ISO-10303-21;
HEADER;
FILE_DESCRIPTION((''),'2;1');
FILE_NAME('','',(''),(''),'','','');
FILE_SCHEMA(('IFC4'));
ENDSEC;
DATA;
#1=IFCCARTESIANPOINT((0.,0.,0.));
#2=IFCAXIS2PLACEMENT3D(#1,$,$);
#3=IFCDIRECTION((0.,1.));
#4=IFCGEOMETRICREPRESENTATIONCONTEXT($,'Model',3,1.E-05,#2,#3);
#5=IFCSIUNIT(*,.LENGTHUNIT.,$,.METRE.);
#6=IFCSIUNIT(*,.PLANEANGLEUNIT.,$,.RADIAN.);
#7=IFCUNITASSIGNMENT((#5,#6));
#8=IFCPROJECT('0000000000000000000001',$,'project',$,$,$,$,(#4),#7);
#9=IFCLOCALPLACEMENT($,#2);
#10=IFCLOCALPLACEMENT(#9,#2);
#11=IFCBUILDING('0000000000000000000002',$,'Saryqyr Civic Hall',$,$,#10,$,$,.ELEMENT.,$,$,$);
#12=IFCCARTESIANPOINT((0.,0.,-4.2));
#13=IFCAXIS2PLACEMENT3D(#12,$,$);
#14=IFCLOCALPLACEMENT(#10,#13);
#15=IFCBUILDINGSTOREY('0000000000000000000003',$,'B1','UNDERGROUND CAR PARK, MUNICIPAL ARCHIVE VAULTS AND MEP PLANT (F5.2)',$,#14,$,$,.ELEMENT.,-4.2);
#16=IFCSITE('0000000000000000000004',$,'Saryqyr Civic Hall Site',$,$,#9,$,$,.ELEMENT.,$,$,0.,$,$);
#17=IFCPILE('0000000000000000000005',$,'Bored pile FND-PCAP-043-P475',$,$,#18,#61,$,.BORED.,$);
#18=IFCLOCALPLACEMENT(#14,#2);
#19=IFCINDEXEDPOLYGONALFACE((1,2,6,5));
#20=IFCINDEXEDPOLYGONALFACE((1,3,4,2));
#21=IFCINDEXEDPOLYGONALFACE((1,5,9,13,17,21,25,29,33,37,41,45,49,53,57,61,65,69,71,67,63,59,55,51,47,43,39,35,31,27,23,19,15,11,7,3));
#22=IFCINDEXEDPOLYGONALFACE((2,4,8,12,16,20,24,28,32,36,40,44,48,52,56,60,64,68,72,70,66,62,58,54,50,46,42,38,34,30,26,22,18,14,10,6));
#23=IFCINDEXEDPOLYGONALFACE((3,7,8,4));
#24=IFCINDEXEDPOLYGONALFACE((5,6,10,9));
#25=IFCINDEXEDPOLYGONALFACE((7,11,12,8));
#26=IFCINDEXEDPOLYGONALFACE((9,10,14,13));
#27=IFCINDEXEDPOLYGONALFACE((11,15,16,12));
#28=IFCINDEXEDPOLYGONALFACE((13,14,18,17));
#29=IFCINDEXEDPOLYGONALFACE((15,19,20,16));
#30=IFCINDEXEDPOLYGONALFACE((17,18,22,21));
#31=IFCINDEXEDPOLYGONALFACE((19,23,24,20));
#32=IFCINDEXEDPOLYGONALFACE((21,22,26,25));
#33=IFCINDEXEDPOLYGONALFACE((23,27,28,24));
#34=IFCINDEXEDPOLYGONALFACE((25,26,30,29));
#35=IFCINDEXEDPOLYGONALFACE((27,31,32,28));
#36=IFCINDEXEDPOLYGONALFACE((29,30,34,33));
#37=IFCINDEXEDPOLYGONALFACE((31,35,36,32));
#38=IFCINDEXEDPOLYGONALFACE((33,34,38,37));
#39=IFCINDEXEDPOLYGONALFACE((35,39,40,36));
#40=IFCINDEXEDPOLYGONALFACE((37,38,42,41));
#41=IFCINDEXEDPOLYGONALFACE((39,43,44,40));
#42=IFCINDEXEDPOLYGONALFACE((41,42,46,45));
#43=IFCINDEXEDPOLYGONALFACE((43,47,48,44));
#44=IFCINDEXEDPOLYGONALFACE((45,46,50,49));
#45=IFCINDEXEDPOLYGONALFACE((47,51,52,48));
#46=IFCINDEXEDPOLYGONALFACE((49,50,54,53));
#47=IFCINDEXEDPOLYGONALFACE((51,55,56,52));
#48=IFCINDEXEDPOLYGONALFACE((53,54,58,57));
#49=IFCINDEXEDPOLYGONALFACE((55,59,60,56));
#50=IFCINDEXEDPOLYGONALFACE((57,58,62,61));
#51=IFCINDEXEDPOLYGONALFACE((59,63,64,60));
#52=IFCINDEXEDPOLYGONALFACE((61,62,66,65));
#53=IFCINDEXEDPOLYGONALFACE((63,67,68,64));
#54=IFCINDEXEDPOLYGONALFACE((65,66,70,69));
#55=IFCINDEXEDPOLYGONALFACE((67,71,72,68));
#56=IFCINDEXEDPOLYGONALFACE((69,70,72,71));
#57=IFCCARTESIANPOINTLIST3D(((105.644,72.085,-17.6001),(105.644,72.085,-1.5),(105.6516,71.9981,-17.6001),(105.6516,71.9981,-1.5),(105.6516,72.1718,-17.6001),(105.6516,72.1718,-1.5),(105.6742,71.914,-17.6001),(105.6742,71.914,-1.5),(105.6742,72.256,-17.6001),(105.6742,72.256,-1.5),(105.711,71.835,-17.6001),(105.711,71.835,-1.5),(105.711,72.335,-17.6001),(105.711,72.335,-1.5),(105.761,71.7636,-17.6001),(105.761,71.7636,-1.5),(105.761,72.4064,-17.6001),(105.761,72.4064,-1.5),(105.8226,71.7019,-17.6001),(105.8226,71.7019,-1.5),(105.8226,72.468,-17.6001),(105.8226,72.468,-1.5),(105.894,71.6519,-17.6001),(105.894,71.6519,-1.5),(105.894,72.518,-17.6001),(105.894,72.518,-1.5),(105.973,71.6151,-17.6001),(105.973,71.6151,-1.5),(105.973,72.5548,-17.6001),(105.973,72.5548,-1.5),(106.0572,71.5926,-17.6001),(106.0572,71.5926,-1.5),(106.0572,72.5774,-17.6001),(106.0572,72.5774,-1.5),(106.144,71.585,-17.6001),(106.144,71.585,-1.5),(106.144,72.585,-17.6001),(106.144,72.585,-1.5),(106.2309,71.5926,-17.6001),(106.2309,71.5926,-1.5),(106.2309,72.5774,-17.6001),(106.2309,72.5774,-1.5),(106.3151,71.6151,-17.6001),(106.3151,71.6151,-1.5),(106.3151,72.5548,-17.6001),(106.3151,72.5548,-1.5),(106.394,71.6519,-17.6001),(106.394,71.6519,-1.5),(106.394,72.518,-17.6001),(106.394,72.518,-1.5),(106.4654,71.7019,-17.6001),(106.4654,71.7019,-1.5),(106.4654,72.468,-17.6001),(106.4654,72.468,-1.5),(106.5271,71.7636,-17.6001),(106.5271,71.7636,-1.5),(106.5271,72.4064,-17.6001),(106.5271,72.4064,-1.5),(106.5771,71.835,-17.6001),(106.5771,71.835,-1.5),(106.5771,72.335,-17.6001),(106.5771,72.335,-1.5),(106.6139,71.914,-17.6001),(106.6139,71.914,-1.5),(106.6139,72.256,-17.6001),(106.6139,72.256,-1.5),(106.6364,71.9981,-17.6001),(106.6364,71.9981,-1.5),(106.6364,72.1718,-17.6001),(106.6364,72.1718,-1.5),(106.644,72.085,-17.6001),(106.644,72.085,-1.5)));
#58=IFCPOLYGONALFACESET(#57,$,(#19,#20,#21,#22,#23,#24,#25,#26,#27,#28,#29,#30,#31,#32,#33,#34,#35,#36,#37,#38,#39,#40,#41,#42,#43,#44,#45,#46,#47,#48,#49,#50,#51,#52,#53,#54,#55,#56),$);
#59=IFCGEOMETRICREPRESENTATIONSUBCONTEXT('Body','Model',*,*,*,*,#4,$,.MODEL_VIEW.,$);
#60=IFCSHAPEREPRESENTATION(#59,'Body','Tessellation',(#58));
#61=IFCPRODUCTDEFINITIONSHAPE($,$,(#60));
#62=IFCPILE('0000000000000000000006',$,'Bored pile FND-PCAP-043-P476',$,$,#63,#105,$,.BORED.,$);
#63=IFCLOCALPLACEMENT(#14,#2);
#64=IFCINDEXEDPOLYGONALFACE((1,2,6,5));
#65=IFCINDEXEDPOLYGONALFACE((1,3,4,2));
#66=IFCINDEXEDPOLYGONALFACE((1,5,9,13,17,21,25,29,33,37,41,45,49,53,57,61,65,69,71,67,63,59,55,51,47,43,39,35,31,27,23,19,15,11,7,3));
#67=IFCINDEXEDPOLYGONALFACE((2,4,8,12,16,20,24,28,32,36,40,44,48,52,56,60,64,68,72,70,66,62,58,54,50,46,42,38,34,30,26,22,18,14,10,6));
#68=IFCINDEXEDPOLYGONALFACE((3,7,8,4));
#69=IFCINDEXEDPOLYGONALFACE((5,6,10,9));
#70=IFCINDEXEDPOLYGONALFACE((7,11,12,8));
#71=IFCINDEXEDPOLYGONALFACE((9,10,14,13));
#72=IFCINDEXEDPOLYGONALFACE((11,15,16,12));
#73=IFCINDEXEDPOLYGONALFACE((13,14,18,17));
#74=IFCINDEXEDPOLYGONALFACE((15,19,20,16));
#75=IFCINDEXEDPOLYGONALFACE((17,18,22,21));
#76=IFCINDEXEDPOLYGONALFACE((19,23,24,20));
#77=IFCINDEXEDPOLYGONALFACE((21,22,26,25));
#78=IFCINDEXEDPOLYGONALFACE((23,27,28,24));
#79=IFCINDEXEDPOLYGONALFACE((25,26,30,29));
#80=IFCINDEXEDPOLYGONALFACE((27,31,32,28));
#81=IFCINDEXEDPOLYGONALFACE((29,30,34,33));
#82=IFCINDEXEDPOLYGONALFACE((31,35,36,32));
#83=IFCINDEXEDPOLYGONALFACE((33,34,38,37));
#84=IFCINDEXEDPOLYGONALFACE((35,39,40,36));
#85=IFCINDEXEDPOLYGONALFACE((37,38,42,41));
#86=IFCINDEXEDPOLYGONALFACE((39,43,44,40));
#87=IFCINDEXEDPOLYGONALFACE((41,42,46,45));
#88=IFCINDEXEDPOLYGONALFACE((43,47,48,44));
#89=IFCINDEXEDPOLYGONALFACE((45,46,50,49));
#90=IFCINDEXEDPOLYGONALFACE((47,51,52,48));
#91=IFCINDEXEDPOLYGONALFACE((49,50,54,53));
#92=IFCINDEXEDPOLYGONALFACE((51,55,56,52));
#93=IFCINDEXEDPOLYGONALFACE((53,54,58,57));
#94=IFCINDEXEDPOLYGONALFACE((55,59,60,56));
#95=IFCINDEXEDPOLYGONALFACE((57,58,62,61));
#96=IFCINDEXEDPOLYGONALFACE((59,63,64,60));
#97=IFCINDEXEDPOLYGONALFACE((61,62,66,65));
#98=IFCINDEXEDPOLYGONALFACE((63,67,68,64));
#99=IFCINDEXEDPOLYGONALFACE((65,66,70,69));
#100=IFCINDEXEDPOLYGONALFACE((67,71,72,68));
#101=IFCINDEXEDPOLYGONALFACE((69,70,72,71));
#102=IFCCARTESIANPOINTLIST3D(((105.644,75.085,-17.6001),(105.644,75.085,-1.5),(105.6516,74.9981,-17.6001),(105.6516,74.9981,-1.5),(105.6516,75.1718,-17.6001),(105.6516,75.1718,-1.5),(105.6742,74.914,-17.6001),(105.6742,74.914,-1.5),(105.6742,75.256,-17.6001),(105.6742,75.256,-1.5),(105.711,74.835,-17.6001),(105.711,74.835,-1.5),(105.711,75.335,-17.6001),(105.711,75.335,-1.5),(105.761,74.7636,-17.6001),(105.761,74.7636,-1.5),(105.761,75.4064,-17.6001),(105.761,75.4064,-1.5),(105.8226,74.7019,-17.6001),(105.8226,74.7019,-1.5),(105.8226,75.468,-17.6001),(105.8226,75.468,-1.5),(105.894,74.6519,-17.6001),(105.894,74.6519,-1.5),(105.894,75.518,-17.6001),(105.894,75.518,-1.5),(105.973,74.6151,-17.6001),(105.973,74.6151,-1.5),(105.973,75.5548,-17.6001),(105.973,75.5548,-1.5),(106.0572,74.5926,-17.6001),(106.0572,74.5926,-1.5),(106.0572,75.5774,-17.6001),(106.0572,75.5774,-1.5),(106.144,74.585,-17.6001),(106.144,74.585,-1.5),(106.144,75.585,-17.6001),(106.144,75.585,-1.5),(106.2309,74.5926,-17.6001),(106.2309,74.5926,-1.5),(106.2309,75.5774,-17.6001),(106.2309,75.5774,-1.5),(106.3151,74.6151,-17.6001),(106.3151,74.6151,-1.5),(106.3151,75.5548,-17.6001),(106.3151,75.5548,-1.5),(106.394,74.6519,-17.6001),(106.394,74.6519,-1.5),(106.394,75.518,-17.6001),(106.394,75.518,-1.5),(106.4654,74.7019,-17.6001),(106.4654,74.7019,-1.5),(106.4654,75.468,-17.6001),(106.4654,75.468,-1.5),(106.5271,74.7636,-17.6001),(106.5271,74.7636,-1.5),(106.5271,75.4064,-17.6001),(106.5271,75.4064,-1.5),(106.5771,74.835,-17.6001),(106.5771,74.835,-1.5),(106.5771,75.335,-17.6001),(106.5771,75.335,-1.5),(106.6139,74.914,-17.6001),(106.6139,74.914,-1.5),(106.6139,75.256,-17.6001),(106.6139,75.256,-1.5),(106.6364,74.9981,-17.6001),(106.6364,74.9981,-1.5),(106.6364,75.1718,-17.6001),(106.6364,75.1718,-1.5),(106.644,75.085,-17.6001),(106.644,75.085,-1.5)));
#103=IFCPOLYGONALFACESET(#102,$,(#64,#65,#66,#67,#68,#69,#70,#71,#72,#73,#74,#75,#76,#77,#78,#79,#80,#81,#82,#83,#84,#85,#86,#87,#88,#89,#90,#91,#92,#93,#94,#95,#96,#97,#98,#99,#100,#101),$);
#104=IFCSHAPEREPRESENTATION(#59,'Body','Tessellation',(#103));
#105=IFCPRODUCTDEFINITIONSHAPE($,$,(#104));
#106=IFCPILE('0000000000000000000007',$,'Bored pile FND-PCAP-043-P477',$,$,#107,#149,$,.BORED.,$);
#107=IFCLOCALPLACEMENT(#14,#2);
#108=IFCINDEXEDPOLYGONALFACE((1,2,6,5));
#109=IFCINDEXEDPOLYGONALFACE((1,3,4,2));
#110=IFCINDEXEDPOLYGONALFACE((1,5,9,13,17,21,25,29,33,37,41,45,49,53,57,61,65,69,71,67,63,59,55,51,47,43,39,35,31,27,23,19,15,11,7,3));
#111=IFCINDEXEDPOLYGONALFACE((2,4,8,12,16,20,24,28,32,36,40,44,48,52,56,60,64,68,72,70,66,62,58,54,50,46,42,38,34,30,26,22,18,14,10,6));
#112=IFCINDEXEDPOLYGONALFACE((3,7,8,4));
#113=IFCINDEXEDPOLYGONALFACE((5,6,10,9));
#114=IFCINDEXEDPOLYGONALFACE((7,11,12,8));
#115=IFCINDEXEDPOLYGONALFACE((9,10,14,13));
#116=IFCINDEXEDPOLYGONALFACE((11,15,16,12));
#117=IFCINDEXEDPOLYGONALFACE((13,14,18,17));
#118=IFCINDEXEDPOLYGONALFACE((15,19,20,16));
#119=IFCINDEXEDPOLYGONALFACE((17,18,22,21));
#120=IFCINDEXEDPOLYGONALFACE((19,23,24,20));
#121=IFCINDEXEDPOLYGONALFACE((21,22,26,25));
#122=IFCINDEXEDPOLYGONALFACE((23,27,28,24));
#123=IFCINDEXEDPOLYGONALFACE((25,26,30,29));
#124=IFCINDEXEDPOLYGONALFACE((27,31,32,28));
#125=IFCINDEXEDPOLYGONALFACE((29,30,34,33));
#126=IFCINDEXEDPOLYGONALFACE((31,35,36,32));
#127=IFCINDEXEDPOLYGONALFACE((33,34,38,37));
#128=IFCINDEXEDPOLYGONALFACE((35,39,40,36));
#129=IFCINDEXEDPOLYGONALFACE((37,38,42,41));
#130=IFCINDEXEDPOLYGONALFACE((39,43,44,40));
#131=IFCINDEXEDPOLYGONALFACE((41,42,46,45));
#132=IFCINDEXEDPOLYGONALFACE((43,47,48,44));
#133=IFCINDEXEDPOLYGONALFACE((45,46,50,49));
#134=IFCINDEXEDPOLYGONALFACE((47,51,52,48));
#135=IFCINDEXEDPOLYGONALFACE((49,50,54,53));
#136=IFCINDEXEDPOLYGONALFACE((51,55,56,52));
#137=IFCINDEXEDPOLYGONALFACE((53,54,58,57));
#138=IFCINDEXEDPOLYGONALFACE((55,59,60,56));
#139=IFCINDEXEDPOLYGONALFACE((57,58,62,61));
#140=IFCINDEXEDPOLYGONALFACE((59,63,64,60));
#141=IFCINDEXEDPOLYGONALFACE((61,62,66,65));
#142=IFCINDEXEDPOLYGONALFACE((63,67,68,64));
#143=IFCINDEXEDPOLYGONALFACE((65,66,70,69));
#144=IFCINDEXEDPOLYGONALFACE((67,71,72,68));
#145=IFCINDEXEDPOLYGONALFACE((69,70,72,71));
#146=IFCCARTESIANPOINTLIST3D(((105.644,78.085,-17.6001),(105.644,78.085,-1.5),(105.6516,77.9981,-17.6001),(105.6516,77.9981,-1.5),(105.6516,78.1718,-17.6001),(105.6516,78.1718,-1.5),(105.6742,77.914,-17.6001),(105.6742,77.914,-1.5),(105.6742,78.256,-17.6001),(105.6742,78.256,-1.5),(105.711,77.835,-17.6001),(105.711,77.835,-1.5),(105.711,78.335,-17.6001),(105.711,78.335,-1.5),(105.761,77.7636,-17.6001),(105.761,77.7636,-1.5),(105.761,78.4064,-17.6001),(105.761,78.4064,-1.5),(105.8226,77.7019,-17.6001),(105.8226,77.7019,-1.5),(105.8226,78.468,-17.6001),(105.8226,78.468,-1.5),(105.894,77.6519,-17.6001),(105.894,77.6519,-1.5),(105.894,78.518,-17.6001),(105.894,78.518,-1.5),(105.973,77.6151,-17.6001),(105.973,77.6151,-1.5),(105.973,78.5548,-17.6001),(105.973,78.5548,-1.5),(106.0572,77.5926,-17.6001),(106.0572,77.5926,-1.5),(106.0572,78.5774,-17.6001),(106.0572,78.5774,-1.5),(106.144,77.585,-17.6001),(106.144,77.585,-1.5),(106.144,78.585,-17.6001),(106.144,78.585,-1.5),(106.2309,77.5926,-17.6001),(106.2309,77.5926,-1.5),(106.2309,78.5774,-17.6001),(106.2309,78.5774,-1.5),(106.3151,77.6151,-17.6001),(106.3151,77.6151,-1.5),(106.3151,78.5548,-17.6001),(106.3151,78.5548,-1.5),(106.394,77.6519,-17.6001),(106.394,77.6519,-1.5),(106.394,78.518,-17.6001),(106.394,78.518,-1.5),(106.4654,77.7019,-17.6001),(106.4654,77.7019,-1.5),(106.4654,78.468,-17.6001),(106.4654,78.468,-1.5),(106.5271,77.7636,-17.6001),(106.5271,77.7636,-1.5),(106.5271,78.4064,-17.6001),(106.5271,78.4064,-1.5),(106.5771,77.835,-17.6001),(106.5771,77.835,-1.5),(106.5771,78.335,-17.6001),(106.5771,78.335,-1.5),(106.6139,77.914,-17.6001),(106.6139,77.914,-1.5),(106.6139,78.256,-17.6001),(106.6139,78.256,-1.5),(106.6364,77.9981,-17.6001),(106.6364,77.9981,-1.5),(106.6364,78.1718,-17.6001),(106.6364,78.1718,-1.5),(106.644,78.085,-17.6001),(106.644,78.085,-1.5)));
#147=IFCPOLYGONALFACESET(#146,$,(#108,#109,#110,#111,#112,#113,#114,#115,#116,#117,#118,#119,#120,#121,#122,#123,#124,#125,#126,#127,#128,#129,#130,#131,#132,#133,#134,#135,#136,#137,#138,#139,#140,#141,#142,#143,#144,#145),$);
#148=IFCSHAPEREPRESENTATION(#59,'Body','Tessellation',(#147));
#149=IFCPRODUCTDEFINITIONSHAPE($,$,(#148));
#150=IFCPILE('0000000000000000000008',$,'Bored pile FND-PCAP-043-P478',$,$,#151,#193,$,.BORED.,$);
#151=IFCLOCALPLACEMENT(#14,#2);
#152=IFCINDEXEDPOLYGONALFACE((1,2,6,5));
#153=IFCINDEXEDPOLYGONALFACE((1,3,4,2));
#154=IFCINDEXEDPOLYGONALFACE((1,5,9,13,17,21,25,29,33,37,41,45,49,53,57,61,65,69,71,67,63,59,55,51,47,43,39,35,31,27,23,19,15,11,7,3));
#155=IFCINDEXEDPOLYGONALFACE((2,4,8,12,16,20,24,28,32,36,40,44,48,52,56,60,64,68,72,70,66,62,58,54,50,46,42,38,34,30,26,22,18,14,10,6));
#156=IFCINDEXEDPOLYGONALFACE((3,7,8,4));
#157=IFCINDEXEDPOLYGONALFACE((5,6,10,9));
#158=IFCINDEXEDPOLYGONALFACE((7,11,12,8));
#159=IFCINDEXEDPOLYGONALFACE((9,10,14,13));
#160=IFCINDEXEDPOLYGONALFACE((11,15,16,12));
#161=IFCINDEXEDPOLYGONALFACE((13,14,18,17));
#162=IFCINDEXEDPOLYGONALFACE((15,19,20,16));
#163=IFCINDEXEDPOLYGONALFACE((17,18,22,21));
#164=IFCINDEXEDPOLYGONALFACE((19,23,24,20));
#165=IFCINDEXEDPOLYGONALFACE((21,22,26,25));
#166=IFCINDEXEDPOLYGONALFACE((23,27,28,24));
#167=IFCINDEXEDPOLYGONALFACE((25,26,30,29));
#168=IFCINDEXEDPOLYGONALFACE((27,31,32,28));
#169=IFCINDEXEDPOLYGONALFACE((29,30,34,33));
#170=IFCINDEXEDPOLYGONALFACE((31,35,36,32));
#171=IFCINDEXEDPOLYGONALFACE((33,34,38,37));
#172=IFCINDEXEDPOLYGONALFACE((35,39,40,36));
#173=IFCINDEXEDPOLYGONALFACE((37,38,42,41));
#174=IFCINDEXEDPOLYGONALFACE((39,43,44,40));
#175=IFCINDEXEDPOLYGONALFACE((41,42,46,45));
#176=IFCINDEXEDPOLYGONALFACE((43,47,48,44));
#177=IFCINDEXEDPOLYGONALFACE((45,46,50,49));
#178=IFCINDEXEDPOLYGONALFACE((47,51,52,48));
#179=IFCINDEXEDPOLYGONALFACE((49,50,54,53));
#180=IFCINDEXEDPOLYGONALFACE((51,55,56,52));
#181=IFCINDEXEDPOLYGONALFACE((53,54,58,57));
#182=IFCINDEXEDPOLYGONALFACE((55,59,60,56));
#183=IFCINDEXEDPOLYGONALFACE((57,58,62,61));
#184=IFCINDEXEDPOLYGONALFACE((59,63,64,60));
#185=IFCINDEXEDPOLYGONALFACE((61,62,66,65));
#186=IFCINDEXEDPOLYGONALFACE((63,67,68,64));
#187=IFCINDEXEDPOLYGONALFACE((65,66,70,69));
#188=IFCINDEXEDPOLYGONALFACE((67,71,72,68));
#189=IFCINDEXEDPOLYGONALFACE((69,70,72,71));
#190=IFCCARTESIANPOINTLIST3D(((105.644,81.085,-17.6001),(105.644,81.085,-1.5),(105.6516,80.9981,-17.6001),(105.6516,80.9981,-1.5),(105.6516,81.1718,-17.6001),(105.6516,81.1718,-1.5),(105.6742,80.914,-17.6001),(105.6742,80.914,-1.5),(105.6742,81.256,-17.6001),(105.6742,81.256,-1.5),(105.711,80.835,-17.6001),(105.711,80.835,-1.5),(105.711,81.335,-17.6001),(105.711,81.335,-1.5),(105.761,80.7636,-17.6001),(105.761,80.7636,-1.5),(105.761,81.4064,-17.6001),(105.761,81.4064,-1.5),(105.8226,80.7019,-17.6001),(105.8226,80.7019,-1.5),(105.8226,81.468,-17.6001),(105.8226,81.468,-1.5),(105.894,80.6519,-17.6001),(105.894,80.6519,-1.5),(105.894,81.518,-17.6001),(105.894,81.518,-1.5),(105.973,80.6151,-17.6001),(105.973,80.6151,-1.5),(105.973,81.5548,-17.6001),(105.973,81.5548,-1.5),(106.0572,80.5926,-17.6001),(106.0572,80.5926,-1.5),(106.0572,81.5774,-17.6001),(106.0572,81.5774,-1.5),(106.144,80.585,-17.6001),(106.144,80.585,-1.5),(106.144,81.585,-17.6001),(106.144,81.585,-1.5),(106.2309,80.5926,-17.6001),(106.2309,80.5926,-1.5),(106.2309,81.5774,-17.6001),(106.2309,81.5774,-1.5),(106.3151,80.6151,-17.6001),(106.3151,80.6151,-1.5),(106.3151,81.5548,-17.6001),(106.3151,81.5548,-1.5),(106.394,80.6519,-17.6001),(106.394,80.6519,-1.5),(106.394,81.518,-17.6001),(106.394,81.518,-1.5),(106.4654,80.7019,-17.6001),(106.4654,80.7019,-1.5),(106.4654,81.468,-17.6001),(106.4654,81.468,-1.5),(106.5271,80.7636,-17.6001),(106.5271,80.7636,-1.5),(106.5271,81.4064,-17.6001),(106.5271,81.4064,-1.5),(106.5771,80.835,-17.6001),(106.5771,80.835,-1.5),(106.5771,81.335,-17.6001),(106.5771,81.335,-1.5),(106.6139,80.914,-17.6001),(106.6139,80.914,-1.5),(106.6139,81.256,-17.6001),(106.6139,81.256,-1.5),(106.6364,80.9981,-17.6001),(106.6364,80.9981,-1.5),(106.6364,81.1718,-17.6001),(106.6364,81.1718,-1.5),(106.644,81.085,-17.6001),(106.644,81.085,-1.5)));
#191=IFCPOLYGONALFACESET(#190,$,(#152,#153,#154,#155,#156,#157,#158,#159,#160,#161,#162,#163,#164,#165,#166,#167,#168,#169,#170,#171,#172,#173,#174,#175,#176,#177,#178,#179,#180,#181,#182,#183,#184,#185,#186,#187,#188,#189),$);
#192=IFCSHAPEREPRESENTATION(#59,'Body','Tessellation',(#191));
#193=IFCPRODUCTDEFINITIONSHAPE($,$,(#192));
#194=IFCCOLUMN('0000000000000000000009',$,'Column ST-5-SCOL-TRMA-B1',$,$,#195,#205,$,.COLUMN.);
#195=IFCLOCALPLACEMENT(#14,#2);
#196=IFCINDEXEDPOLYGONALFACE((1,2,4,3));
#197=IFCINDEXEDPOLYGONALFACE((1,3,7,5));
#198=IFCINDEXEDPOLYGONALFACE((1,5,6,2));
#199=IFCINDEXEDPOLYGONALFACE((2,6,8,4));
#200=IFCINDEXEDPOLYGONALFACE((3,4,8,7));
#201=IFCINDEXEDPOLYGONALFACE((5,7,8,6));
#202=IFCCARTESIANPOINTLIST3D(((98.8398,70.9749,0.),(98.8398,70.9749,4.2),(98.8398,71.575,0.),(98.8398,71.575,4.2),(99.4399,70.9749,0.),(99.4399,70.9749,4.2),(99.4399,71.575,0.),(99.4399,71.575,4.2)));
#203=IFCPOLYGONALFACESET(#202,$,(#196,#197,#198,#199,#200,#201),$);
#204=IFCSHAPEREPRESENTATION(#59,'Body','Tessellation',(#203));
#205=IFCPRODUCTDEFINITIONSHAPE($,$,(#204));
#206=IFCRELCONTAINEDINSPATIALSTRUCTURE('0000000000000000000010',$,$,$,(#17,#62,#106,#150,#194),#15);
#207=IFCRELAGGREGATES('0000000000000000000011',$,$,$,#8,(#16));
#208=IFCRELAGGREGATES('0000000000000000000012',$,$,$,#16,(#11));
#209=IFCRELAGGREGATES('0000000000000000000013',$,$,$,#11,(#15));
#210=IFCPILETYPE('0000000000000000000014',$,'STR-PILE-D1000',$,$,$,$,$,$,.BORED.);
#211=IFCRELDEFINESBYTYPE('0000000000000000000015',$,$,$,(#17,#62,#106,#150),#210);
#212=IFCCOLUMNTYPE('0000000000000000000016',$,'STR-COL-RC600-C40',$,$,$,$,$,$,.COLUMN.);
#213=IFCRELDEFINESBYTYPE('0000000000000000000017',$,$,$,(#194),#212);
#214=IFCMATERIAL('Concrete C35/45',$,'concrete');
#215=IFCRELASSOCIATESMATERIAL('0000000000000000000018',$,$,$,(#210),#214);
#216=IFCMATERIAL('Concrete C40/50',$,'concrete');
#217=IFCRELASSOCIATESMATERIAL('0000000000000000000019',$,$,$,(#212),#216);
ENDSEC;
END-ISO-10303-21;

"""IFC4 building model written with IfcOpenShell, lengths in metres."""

from ifc_helpers import new_model, si_unit, direction, frame, origin, origin_2d, place, context, subcontext, project, spatial, rectangle, circle, extrude, material, material_profile, profile_set, type_object, element, save


model = new_model("IFC4")

# Units and contexts
model_context = context("Model", 3, precision=1e-05, world=origin(), true_north=direction((0.0, 1.0)))
body_context = subcontext(model_context, "Body", "Model", "MODEL_VIEW")
ifc_project = project(units=[si_unit("LENGTHUNIT", "METRE"), si_unit("PLANEANGLEUNIT", "RADIAN")], contexts=[model_context])

# Site, building, storey
site_placement = place(None, origin())
site = spatial("IfcSite", under=ifc_project, at=site_placement, Name="Saryqyr Civic Hall Site", CompositionType="ELEMENT", RefElevation=0.0)
building_placement = place(site_placement, origin())
building = spatial("IfcBuilding", under=site, at=building_placement, Name="Saryqyr Civic Hall", CompositionType="ELEMENT")
storey_placement = place(building_placement, frame((0.0, 0.0, -4.2)))
storey = spatial("IfcBuildingStorey", under=building, at=storey_placement, Name="B1", Description="UNDERGROUND CAR PARK, MUNICIPAL ARCHIVE VAULTS AND MEP PLANT (F5.2)", CompositionType="ELEMENT", Elevation=-4.2)

# Piles
ifc_material_1 = material(Name="Concrete C35/45", Category="concrete")
ifc_material_profile_1 = material_profile(ifc_material_1, circle(Radius=0.5, at=origin_2d()), Name="BORED PILE D1000")
ifc_profile_set_1 = profile_set([ifc_material_profile_1], Name="Concrete C35/45")
pile_type = type_object("IfcPileType", Name="STR-PILE-D1000", PredefinedType="BORED", material=ifc_profile_set_1)
for number, where, z_axis, x_axis, name in (
    (1, (106.144, 72.085, -1.5), (0.0, 0.0, -1.0), (1.0, 0.0, 0.0), "Bored pile FND-PCAP-043-P475"),
    (2, (106.144, 75.085, -1.5), (0.0, 0.0, -1.0), (1.0, 0.0, 0.0), "Bored pile FND-PCAP-043-P476"),
    (3, (106.144, 78.085, -1.5), (0.0, 0.0, -1.0), (1.0, 0.0, 0.0), "Bored pile FND-PCAP-043-P477"),
    (4, (106.144, 81.085, -1.5), (0.0, 0.0, -1.0), (1.0, 0.0, 0.0), "Bored pile FND-PCAP-043-P478"),
):
    element("IfcPile", number, at=place(storey_placement, frame(where, z_axis=z_axis, x_axis=x_axis)), inside=storey, type_object=pile_type, Name=name, PredefinedType="BORED", context=body_context, shape_type="SweptSolid", body=[
        extrude(circle(Radius=0.5, at=origin_2d()), origin(), (0.0, 0.0, 1.0), 16.1001),
    ])

# Column
ifc_material_2 = material(Name="Concrete C40/50", Category="concrete")
ifc_material_profile_2 = material_profile(ifc_material_2, rectangle(XDim=0.6001, YDim=0.6001, at=origin_2d()), Name="RC 600x600")
ifc_profile_set_2 = profile_set([ifc_material_profile_2], Name="Concrete C40/50")
column_type_1 = type_object("IfcColumnType", Name="STR-COL-RC600-C40", PredefinedType="COLUMN", material=ifc_profile_set_2)
for number, where, z_axis, x_axis, name in (
    (5, (99.1399, 71.2749, 0.0), (0.0, 0.0, 1.0), (1.0, 0.0, 0.0), "Column ST-5-SCOL-TRMA-B1"),
):
    element("IfcColumn", number, at=place(storey_placement, frame(where, z_axis=z_axis, x_axis=x_axis)), inside=storey, type_object=column_type_1, Name=name, PredefinedType="COLUMN", context=body_context, shape_type="SweptSolid", body=[
        extrude(rectangle(XDim=0.6001, YDim=0.6001, at=origin_2d()), origin(), (0.0, 0.0, 1.0), 4.2),
    ])

save(model, "model.ifc")
